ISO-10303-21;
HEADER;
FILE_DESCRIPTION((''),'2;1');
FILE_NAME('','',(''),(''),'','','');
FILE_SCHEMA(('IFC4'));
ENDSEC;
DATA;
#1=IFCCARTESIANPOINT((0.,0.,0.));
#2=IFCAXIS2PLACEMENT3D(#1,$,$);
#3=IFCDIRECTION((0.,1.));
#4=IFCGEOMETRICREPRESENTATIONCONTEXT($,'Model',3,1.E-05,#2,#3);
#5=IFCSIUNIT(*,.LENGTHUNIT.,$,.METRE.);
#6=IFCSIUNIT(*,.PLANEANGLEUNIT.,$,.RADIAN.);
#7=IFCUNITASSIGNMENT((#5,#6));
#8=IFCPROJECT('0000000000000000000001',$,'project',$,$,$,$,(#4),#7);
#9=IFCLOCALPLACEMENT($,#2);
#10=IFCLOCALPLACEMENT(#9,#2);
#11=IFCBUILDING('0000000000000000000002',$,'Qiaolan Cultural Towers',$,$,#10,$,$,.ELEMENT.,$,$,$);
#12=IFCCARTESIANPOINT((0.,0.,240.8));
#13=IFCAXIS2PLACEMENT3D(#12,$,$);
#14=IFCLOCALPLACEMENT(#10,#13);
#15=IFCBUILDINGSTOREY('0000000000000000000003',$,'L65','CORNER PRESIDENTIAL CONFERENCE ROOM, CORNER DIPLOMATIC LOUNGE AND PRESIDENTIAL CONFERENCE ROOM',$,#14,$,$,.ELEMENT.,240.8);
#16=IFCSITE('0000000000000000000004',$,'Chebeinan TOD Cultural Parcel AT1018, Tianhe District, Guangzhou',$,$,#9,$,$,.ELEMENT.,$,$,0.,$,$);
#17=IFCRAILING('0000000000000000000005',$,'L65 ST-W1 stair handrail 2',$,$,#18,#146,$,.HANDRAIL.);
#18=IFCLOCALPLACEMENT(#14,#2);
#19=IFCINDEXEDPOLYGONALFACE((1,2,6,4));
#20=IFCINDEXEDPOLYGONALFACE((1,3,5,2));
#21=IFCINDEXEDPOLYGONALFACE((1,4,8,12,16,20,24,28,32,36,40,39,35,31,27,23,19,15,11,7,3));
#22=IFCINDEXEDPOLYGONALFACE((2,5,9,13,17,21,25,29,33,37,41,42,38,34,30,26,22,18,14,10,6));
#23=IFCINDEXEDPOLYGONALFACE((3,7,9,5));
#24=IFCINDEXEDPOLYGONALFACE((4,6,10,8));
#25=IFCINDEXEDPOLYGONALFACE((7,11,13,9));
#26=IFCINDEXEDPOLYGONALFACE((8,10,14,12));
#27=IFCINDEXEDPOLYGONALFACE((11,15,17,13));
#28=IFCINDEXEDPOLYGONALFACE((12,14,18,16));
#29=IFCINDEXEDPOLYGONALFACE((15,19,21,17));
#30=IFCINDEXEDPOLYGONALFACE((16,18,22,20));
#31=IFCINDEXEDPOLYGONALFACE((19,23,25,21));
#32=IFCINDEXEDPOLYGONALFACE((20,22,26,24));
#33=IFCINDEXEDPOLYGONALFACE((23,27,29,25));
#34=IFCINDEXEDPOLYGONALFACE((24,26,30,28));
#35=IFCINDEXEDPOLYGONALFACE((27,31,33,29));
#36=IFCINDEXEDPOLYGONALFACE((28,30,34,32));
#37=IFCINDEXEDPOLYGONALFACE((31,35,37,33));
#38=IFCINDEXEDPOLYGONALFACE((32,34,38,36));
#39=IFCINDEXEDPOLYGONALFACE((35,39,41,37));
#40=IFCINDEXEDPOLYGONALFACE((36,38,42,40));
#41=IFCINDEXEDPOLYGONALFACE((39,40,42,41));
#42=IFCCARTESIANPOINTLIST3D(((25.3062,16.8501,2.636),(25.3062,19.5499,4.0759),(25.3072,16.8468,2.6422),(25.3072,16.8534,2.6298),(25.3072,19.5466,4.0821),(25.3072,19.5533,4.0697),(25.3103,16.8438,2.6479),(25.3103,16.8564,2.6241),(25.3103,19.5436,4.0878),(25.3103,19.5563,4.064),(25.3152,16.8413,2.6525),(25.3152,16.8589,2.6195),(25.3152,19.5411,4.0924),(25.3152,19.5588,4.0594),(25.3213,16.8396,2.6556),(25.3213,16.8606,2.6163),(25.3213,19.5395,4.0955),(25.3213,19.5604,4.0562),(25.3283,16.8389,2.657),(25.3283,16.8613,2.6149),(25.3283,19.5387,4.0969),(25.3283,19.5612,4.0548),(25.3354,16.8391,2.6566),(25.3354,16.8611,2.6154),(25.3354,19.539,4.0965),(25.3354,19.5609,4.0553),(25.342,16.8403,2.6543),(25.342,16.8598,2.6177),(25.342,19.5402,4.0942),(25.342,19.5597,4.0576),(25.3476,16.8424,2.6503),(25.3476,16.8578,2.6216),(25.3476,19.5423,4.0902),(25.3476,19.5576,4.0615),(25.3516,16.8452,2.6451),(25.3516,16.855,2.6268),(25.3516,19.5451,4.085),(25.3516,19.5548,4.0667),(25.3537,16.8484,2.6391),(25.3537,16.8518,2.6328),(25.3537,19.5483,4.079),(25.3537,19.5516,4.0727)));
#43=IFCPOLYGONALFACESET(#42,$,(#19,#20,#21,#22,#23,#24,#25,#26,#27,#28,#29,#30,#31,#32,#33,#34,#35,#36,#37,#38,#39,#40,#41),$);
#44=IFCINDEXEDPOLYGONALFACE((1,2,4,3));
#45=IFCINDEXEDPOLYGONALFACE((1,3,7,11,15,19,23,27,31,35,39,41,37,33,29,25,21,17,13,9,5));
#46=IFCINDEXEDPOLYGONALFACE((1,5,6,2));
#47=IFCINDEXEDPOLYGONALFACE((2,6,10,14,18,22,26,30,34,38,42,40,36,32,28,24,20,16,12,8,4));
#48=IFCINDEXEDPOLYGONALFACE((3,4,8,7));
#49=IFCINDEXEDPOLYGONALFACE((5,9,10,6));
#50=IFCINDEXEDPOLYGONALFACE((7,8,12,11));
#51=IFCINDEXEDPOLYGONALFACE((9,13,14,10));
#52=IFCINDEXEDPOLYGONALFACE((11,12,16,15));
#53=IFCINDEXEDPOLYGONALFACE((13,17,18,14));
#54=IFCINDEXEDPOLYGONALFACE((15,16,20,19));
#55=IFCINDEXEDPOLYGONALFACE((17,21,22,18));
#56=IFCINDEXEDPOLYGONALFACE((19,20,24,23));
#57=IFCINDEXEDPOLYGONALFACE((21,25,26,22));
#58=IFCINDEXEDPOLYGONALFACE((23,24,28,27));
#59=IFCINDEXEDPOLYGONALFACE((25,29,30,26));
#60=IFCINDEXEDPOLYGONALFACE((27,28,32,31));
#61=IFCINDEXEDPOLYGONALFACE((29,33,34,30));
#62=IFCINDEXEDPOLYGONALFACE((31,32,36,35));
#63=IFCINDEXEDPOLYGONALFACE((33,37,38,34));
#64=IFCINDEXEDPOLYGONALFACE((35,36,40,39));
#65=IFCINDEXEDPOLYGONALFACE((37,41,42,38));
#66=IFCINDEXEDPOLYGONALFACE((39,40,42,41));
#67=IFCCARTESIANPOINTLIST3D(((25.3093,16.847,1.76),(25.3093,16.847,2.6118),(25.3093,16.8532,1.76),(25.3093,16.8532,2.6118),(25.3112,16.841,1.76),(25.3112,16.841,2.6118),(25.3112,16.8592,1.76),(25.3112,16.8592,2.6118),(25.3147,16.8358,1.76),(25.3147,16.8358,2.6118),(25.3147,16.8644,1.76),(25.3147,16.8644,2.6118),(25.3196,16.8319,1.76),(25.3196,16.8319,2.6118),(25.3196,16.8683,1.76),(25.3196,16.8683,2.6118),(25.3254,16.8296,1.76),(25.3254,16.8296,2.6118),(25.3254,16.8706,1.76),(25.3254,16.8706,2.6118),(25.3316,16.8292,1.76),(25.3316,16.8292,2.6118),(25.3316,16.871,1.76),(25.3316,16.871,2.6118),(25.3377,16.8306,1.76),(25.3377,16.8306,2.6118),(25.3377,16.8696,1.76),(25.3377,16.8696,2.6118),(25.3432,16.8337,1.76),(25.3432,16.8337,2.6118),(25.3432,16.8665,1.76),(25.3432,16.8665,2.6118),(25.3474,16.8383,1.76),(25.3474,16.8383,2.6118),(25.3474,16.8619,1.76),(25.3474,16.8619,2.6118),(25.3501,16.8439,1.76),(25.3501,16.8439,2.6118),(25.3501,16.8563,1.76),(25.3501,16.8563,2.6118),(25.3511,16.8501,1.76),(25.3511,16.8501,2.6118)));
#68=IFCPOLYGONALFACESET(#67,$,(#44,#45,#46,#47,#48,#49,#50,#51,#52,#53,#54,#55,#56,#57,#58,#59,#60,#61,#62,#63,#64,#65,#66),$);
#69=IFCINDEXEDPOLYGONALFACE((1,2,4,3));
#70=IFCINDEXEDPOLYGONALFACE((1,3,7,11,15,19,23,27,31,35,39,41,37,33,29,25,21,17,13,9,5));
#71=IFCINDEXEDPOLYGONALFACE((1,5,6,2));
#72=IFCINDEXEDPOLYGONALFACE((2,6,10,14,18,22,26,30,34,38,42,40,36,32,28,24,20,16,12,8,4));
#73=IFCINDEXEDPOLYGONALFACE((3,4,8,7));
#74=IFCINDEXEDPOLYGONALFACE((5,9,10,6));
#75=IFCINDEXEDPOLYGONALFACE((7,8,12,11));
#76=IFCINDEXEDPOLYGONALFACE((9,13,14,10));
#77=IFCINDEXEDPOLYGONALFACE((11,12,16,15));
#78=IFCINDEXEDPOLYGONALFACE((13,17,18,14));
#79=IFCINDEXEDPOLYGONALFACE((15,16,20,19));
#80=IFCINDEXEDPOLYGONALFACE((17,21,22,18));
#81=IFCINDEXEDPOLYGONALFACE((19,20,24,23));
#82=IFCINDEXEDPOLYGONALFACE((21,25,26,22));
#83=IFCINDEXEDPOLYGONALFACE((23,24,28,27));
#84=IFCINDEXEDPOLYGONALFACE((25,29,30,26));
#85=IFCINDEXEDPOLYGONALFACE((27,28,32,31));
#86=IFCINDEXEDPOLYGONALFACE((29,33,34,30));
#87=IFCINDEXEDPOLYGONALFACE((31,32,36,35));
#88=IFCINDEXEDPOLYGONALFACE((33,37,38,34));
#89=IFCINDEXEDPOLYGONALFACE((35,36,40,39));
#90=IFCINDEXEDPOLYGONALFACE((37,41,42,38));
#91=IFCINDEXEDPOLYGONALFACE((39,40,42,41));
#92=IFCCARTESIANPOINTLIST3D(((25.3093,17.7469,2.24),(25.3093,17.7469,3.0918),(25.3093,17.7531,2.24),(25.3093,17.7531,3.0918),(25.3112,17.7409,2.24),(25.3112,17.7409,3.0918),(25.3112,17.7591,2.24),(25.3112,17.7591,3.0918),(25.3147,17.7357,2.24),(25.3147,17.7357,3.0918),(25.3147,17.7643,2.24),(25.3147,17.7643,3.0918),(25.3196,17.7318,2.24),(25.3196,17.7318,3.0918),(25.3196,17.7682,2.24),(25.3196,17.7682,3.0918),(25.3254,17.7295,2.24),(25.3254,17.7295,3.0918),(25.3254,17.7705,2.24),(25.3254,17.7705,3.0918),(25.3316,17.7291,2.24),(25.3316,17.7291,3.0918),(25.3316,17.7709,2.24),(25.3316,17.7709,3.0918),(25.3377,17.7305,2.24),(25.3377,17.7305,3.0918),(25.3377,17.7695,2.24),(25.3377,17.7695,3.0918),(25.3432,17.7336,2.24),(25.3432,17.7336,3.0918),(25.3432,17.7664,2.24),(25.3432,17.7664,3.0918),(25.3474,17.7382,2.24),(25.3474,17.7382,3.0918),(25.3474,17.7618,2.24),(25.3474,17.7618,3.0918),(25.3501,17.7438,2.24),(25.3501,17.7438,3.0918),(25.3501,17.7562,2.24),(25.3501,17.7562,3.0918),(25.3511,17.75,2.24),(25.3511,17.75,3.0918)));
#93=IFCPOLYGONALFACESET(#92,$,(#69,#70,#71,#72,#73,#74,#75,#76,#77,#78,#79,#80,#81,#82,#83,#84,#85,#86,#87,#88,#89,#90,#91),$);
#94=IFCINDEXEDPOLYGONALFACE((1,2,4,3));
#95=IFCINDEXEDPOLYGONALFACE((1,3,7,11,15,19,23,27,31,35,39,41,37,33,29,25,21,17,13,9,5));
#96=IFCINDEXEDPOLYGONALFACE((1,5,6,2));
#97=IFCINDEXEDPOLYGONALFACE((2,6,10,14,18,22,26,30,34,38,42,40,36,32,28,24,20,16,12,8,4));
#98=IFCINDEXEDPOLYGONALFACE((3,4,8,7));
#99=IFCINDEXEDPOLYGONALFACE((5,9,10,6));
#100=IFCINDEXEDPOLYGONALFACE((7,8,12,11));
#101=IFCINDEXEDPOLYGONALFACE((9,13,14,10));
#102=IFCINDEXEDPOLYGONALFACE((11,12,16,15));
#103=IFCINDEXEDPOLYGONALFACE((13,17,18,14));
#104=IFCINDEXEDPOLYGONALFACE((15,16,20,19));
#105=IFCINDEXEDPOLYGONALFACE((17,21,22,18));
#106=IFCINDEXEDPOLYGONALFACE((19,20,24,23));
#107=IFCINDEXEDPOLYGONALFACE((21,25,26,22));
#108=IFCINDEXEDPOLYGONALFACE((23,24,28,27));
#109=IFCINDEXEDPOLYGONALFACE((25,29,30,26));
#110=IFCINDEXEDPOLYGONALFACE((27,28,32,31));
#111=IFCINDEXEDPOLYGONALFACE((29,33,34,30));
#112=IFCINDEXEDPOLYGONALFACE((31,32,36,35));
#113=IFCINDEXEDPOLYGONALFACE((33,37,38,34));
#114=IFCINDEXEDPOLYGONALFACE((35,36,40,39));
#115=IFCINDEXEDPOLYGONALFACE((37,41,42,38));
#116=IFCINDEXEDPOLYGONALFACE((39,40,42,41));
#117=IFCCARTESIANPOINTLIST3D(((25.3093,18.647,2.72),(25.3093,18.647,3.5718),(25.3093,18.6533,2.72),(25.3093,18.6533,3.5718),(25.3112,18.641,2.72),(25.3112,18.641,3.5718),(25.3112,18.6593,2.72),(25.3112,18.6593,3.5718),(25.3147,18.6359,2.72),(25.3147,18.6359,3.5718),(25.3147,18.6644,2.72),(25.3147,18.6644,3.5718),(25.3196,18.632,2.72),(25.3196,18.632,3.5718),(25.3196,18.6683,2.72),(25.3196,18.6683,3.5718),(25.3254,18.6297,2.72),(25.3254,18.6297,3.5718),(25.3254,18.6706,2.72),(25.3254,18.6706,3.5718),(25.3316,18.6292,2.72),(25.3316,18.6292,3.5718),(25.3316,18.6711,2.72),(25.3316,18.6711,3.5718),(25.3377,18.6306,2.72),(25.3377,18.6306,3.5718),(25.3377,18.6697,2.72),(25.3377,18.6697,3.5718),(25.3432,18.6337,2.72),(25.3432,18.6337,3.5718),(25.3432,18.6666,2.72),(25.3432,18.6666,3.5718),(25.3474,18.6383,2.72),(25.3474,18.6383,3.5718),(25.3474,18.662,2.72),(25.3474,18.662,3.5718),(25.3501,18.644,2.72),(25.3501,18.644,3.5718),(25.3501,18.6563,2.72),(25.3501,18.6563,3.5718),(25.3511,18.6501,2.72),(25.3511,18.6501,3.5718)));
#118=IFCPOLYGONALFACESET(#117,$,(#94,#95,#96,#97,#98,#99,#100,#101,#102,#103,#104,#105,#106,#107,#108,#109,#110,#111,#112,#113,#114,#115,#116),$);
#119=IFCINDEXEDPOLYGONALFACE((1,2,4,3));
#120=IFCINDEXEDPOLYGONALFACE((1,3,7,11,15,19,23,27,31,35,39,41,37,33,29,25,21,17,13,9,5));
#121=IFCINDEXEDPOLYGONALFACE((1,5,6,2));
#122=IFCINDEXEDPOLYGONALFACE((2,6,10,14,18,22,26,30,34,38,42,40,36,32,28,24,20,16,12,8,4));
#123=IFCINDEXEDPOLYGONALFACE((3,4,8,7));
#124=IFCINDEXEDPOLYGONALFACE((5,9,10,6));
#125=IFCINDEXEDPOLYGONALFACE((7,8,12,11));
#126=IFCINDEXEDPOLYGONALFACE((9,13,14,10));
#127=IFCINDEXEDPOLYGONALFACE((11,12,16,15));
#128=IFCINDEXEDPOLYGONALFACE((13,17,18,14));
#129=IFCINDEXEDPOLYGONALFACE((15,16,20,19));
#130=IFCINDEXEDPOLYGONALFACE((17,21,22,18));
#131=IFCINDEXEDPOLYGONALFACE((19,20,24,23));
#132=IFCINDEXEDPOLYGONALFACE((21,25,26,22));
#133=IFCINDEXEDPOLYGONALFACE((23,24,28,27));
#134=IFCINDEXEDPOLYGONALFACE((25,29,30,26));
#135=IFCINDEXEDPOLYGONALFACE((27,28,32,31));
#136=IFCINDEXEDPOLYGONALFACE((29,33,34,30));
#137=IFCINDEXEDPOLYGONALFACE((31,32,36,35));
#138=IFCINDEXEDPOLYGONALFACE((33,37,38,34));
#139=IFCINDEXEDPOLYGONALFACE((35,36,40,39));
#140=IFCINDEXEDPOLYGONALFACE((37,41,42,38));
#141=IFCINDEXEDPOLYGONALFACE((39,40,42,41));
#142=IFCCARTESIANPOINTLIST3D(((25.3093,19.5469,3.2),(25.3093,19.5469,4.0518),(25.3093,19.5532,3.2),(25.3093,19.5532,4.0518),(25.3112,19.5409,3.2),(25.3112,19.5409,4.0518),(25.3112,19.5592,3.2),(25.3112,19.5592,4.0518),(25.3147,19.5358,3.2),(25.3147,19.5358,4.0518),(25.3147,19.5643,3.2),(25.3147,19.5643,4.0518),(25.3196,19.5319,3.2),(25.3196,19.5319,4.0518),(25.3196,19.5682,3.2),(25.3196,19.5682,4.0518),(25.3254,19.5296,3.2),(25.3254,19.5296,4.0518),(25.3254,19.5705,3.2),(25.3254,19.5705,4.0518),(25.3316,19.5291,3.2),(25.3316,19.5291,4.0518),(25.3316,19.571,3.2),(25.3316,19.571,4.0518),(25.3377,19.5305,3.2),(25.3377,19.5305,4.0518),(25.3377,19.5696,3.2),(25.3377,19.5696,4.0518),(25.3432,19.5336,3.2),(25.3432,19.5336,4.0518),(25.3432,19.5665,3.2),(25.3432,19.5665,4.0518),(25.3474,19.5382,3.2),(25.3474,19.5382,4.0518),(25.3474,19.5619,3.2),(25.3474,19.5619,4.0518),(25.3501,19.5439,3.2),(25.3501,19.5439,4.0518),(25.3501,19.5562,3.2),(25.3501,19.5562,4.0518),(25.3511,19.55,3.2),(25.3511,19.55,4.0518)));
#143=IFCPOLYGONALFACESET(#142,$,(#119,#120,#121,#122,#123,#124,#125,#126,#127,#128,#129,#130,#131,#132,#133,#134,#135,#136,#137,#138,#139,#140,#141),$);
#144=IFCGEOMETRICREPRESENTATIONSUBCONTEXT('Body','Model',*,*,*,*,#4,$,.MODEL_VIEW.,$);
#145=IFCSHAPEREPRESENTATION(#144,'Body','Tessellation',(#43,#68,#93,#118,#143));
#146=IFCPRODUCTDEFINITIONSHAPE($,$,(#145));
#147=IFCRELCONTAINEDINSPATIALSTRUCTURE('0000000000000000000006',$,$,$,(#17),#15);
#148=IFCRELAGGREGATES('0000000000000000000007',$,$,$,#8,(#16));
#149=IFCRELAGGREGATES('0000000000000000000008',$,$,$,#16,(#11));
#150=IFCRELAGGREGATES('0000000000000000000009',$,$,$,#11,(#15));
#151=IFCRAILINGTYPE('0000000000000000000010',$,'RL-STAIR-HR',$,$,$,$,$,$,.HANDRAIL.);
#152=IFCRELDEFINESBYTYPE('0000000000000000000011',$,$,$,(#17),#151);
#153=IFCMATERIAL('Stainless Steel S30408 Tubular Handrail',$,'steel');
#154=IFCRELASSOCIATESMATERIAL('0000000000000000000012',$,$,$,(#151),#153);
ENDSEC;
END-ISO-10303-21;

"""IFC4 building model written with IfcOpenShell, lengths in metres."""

from ifc_helpers import new_model, si_unit, direction, frame, origin, origin_2d, place, context, subcontext, project, spatial, circle, extrude, material, type_object, element, save


model = new_model("IFC4")

# Units and contexts
model_context = context("Model", 3, precision=1e-05, world=origin(), true_north=direction((0.0, 1.0)))
body_context = subcontext(model_context, "Body", "Model", "MODEL_VIEW")
ifc_project = project(units=[si_unit("LENGTHUNIT", "METRE"), si_unit("PLANEANGLEUNIT", "RADIAN")], contexts=[model_context])

# Site, building, storey
site_placement = place(None, origin())
site = spatial("IfcSite", under=ifc_project, at=site_placement, Name="Chebeinan TOD Cultural Parcel AT1018, Tianhe District, Guangzhou", CompositionType="ELEMENT", RefElevation=0.0)
building_placement = place(site_placement, origin())
building = spatial("IfcBuilding", under=site, at=building_placement, Name="Qiaolan Cultural Towers", CompositionType="ELEMENT")
storey_placement = place(building_placement, frame((0.0, 0.0, 240.8)))
storey = spatial("IfcBuildingStorey", under=building, at=storey_placement, Name="L65", Description="CORNER PRESIDENTIAL CONFERENCE ROOM, CORNER DIPLOMATIC LOUNGE AND PRESIDENTIAL CONFERENCE ROOM", CompositionType="ELEMENT", Elevation=240.8)

# Railing
ifc_material_1 = material(Name="Stainless Steel S30408 Tubular Handrail", Category="steel")
railing_type_1 = type_object("IfcRailingType", Name="RL-STAIR-HR", PredefinedType="HANDRAIL", material=ifc_material_1)
railing_1_placement = place(storey_placement, frame((25.3301, 16.8501, 1.76)))
element("IfcRailing", 1, at=railing_1_placement, inside=storey, type_object=railing_type_1, Name="L65 ST-W1 stair handrail 2", PredefinedType="HANDRAIL", context=body_context, shape_type="SweptSolid", body=[
    extrude(circle(Radius=0.0239, at=origin_2d()), frame((0.0, 0.0, 0.876), z_axis=(0.0, 0.882357, 0.47058), x_axis=(-1.0, 0.0, 0.0)), (0.0, 0.0, 1.0), 3.0598),
    extrude(circle(Radius=0.021, at=origin_2d()), origin(), (0.0, 0.0, 1.0), 0.8518),
    extrude(circle(Radius=0.021, at=origin_2d()), frame((0.0, 0.8999, 0.48)), (0.0, 0.0, 1.0), 0.8518),
    extrude(circle(Radius=0.021, at=origin_2d()), frame((0.0, 1.8, 0.96)), (0.0, 0.0, 1.0), 0.8518),
    extrude(circle(Radius=0.021, at=origin_2d()), frame((0.0, 2.7, 1.4399)), (0.0, 0.0, 1.0), 0.8518),
])

save(model, "model.ifc")
